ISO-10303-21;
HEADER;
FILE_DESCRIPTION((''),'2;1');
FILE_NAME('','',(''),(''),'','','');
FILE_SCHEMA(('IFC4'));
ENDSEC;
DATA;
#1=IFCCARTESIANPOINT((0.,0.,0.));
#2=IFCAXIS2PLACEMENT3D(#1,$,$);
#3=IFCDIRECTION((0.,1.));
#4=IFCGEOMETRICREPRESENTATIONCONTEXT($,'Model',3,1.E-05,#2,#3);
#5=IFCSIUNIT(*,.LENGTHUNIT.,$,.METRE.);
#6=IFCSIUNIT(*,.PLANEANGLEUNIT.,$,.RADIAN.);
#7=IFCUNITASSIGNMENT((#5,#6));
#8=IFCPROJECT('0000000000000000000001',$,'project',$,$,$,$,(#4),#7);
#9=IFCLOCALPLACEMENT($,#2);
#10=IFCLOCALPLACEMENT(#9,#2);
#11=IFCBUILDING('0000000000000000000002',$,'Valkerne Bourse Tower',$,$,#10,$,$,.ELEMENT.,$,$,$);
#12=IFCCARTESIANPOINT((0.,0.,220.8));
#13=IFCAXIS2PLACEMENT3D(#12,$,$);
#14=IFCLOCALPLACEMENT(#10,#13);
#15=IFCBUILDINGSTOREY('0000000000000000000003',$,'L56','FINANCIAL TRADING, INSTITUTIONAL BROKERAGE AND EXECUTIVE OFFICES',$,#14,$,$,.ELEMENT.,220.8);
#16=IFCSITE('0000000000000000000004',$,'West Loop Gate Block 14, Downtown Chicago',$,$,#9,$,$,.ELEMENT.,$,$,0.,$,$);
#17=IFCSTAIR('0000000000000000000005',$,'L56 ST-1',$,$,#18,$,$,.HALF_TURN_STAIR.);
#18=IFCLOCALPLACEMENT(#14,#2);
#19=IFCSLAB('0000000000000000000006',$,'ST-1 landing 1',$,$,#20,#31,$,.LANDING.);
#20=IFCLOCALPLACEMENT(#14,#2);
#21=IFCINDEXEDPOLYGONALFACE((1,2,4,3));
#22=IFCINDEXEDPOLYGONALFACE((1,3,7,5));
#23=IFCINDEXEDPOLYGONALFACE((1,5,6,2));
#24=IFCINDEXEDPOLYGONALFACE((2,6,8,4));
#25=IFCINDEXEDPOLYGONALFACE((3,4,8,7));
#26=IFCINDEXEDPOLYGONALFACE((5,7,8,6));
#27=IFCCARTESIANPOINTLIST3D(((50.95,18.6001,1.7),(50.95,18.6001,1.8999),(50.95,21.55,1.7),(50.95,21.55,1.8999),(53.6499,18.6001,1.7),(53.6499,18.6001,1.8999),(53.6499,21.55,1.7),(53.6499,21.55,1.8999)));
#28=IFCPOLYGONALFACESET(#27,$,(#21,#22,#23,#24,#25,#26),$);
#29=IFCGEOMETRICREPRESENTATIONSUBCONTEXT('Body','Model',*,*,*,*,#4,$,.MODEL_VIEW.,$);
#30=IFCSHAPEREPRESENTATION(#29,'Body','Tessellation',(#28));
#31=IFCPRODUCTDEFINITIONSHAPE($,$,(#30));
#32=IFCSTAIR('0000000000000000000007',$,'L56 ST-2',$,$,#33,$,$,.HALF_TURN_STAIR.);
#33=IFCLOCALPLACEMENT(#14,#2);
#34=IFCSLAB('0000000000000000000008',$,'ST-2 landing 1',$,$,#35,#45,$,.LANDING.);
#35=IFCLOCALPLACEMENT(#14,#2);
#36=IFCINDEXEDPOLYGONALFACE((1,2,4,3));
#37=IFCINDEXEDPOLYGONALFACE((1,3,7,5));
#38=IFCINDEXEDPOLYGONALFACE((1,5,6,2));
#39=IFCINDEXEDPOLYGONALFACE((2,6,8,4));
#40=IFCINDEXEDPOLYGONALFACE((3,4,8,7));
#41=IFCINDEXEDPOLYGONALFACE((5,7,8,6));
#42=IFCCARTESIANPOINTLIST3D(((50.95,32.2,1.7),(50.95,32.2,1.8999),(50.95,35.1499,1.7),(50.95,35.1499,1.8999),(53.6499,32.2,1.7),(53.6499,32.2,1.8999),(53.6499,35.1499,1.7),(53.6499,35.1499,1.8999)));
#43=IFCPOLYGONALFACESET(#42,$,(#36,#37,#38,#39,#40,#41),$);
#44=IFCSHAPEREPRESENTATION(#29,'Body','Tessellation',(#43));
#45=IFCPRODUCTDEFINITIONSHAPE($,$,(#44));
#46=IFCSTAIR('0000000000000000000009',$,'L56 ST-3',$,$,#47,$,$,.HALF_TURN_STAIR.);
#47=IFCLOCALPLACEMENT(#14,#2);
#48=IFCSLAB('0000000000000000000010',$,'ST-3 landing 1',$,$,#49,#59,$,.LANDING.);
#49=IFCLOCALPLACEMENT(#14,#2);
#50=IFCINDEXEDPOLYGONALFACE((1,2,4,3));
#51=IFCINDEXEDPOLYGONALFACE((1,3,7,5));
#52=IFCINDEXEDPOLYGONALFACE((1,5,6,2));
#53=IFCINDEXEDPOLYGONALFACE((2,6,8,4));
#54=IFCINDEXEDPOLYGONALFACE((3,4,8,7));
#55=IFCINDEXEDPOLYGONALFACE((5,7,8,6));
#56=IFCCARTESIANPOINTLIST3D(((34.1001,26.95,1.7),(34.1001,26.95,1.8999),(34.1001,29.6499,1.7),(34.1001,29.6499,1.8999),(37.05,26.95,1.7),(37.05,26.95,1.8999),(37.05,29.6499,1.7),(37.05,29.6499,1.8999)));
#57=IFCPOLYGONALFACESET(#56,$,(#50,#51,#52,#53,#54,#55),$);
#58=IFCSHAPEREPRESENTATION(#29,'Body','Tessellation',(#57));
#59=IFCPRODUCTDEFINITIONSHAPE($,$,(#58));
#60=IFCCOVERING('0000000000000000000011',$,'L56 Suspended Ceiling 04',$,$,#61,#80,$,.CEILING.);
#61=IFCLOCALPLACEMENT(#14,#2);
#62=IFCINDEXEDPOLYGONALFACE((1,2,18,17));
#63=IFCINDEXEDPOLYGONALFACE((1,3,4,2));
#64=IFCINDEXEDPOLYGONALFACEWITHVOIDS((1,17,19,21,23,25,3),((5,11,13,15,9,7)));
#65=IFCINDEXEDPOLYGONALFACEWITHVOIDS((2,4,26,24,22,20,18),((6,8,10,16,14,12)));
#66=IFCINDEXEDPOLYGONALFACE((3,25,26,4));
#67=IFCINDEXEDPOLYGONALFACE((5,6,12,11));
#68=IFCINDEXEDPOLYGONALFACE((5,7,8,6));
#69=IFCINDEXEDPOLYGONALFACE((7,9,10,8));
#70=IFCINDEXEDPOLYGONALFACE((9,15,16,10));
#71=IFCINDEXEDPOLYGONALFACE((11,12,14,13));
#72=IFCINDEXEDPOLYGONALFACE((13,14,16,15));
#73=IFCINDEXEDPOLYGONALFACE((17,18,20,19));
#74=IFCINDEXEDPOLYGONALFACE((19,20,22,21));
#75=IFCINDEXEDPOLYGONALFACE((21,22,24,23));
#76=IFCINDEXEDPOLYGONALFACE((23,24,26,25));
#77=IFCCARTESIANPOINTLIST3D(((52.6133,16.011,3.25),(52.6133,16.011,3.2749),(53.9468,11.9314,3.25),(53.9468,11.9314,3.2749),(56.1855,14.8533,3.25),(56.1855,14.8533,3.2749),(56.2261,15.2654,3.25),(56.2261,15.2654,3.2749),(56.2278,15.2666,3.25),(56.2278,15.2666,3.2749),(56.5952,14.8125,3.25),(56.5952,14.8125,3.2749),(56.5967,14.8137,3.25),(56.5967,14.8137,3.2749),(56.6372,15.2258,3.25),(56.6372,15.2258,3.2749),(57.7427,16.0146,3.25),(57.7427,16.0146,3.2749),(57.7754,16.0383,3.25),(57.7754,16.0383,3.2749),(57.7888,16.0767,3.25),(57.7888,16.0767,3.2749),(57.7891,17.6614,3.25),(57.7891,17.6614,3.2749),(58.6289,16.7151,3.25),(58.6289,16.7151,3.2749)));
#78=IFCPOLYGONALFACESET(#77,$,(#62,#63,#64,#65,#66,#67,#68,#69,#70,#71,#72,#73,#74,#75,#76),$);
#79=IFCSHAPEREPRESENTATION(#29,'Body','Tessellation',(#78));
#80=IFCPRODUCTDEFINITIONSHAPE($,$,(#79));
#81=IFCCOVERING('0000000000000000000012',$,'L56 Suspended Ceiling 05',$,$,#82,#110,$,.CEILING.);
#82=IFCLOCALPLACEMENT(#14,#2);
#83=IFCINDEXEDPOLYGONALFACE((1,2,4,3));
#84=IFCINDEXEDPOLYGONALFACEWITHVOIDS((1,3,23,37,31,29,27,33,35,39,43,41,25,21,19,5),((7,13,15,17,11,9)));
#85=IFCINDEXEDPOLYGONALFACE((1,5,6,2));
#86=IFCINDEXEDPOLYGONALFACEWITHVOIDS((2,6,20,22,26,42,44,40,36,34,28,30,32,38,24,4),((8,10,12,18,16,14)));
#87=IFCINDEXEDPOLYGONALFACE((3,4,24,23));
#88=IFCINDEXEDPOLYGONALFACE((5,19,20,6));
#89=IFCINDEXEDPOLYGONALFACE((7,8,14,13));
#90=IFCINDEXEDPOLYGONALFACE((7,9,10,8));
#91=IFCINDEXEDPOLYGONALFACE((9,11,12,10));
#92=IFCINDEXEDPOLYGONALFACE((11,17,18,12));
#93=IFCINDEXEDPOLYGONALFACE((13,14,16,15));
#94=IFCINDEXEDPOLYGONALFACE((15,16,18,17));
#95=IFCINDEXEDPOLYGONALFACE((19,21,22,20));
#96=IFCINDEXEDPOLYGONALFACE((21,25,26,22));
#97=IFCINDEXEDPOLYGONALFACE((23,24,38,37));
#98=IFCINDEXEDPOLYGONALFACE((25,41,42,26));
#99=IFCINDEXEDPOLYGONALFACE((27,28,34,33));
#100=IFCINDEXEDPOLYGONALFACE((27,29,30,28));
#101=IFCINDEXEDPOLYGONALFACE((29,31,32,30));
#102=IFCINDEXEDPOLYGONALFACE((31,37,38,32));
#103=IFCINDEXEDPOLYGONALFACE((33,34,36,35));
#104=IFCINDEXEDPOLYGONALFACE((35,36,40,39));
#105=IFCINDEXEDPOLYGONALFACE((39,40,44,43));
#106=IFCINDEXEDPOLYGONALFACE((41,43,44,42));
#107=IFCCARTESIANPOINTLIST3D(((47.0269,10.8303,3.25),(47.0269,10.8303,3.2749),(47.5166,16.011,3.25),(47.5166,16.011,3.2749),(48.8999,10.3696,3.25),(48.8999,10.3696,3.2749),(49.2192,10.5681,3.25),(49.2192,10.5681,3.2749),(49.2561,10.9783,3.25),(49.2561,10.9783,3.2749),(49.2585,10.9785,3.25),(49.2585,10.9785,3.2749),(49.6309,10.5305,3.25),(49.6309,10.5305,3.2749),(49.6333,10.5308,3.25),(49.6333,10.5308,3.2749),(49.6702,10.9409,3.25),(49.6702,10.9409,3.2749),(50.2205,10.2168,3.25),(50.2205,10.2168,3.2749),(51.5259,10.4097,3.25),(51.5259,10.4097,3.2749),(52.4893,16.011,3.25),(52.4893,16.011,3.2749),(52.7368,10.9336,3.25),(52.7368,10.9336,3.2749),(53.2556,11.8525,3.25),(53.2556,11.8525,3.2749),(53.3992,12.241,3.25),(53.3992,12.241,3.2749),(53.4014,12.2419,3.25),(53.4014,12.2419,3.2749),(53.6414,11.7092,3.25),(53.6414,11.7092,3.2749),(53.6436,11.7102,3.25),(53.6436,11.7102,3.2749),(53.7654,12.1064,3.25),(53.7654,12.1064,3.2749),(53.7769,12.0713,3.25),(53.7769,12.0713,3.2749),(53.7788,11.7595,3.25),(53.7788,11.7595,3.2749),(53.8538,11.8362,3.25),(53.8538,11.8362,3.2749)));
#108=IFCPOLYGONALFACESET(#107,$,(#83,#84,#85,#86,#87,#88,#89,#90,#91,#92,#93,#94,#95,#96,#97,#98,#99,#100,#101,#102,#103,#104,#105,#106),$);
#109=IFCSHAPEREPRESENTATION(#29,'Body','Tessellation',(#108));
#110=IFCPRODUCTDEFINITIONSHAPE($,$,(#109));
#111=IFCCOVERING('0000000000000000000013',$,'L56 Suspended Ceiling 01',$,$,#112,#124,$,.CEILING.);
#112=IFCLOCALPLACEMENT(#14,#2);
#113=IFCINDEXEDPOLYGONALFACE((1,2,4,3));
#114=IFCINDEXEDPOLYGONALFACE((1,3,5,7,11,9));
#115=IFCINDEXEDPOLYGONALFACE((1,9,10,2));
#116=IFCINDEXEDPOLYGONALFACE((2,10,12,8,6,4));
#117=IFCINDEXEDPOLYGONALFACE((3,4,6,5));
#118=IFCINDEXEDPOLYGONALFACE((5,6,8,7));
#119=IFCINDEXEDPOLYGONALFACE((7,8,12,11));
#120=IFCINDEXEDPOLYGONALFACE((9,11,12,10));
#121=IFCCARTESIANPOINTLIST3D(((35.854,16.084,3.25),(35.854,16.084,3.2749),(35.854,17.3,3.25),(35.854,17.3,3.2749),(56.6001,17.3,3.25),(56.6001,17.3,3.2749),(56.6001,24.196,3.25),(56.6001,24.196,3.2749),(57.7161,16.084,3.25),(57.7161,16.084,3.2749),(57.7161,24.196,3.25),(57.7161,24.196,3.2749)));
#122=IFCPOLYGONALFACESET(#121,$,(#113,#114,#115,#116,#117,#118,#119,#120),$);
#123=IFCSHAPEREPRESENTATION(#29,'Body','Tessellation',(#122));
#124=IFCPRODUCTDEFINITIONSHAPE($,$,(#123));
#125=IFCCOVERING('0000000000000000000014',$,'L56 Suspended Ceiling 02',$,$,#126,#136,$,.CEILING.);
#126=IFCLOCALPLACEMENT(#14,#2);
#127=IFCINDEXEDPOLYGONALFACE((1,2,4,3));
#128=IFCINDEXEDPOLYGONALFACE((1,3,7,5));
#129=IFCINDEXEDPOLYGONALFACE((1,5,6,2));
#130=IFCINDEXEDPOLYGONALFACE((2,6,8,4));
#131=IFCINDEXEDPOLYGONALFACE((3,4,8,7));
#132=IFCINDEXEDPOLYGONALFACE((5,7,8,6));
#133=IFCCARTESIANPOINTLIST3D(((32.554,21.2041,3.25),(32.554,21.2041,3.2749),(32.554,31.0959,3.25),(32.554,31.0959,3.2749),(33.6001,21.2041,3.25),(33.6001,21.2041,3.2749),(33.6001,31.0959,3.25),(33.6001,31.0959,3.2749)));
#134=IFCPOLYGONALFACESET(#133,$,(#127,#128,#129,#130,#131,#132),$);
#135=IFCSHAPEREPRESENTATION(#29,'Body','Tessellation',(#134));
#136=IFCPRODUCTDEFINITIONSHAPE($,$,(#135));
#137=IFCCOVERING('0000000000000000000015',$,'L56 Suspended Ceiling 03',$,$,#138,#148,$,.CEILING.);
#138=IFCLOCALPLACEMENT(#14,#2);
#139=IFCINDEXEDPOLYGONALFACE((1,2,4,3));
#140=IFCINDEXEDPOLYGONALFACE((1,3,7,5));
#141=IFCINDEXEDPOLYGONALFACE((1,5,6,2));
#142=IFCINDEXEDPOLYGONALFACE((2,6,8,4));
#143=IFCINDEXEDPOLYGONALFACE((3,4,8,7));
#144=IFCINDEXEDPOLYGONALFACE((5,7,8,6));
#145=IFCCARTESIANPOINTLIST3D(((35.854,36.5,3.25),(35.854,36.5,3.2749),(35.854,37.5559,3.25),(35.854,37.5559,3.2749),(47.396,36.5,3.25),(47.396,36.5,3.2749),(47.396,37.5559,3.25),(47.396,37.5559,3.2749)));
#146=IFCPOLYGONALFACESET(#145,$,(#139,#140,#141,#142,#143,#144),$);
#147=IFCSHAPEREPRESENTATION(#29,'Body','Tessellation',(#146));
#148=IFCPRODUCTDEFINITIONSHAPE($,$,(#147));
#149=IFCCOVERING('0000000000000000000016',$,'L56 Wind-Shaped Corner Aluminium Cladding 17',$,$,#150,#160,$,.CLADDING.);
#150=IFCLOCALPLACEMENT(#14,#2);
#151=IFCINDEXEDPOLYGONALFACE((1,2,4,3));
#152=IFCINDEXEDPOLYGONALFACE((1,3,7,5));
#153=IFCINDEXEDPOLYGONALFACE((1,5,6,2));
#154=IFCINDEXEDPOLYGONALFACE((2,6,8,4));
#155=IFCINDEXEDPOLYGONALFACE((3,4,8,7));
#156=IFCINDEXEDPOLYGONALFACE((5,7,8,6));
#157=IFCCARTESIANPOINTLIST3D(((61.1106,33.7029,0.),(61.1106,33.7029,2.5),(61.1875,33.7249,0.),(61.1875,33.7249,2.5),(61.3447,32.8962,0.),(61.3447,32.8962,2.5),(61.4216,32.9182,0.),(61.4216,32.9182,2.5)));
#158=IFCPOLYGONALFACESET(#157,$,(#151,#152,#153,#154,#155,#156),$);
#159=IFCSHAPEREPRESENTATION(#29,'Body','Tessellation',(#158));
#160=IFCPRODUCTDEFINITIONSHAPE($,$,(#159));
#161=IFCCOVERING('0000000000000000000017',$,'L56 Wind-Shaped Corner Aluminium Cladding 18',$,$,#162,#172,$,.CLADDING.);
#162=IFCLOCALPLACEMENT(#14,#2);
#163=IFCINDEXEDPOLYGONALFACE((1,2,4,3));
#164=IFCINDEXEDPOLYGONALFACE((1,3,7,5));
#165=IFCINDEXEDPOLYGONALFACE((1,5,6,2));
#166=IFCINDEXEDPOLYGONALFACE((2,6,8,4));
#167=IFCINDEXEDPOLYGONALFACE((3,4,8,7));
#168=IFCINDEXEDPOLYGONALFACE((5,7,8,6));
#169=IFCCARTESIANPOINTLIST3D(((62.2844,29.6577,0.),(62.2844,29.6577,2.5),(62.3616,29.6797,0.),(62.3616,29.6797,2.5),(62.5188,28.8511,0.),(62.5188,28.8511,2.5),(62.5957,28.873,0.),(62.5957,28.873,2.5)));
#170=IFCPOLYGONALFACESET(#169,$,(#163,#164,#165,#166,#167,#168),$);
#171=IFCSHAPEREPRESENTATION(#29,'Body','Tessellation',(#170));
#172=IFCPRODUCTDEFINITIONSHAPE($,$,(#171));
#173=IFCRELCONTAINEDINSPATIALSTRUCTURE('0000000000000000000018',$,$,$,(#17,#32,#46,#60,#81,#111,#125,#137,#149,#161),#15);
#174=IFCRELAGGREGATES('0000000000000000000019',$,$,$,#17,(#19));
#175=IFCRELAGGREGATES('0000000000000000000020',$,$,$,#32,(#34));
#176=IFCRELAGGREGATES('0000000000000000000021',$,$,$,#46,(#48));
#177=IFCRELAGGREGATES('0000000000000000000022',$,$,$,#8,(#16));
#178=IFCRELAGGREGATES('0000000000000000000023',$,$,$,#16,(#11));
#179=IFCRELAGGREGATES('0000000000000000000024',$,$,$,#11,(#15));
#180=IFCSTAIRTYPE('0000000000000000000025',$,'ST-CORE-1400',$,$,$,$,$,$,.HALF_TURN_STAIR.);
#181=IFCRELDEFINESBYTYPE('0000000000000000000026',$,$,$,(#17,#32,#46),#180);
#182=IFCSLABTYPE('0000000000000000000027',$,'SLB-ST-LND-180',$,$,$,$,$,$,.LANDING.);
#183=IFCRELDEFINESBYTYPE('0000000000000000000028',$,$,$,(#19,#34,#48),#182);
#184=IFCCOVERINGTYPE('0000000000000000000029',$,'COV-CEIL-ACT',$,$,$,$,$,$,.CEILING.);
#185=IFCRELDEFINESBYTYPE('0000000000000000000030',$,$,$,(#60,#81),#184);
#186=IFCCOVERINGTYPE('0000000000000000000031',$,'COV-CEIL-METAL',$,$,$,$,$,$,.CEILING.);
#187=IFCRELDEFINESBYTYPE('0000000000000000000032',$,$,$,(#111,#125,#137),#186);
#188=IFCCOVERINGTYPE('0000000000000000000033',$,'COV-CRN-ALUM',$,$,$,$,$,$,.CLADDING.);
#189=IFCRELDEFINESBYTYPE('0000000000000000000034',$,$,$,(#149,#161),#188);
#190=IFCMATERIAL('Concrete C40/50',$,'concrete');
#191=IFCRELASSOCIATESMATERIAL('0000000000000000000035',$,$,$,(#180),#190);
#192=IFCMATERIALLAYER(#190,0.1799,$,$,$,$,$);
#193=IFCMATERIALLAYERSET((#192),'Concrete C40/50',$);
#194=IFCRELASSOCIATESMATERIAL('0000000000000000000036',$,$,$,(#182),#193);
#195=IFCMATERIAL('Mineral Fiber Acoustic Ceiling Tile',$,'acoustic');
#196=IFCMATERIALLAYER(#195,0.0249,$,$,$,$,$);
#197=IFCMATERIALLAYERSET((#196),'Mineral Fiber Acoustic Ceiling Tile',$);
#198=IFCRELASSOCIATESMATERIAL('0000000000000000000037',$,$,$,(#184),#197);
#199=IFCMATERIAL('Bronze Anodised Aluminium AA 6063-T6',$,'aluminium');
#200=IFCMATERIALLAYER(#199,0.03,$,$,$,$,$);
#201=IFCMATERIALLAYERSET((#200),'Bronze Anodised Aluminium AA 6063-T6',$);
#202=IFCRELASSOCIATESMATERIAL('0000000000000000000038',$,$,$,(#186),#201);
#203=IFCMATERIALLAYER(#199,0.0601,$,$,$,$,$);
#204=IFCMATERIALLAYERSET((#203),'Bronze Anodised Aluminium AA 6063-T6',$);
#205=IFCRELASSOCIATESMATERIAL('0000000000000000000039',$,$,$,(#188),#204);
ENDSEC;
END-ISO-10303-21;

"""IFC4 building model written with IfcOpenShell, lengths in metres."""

from ifc_helpers import new_model, si_unit, direction, frame, origin, place, context, subcontext, project, spatial, polyline, outline, extrude, material, layer, layer_set, type_object, element, aggregate, save


model = new_model("IFC4")

# Units and contexts
model_context = context("Model", 3, precision=1e-05, world=origin(), true_north=direction((0.0, 1.0)))
body_context = subcontext(model_context, "Body", "Model", "MODEL_VIEW")
ifc_project = project(units=[si_unit("LENGTHUNIT", "METRE"), si_unit("PLANEANGLEUNIT", "RADIAN")], contexts=[model_context])

# Site, building, storey
site_placement = place(None, origin())
site = spatial("IfcSite", under=ifc_project, at=site_placement, Name="West Loop Gate Block 14, Downtown Chicago", CompositionType="ELEMENT", RefElevation=0.0)
building_placement = place(site_placement, origin())
building = spatial("IfcBuilding", under=site, at=building_placement, Name="Valkerne Bourse Tower", CompositionType="ELEMENT")
storey_placement = place(building_placement, frame((0.0, 0.0, 220.8)))
storey = spatial("IfcBuildingStorey", under=building, at=storey_placement, Name="L56", Description="FINANCIAL TRADING, INSTITUTIONAL BROKERAGE AND EXECUTIVE OFFICES", CompositionType="ELEMENT", Elevation=220.8)

# Stairs, slabs
ifc_material_1 = material(Name="Concrete C40/50", Category="concrete")
stair_type = type_object("IfcStairType", Name="ST-CORE-1400", PredefinedType="HALF_TURN_STAIR", material=ifc_material_1)
stair_1_placement = place(storey_placement, origin())
stair_1 = element("IfcStair", 1, at=stair_1_placement, inside=storey, type_object=stair_type, Name="L56 ST-1", PredefinedType="HALF_TURN_STAIR")
ifc_layer_1 = layer(ifc_material_1, 0.1799)
ifc_layer_set_1 = layer_set([ifc_layer_1], Name="Concrete C40/50")
slab_type = type_object("IfcSlabType", Name="SLB-ST-LND-180", PredefinedType="LANDING", material=ifc_layer_set_1)
slab_1_placement = place(storey_placement, frame((0.0, 0.0, 1.7)))
slab_1 = element("IfcSlab", 2, at=slab_1_placement, type_object=slab_type, Name="ST-1 landing 1", PredefinedType="LANDING", context=body_context, shape_type="SweptSolid", body=[
    extrude(outline(polyline([(50.95, 18.6001), (53.6499, 18.6001), (53.6499, 21.55), (50.95, 21.55), (50.95, 18.6001)])), origin(), (0.0, 0.0, 1.0), 0.2),
])
aggregate(stair_1, [slab_1])
stair_2_placement = place(storey_placement, origin())
stair_2 = element("IfcStair", 3, at=stair_2_placement, inside=storey, type_object=stair_type, Name="L56 ST-2", PredefinedType="HALF_TURN_STAIR")
slab_2_placement = place(storey_placement, frame((0.0, 0.0, 1.7)))
slab_2 = element("IfcSlab", 4, at=slab_2_placement, type_object=slab_type, Name="ST-2 landing 1", PredefinedType="LANDING", context=body_context, shape_type="SweptSolid", body=[
    extrude(outline(polyline([(50.95, 32.2), (53.6499, 32.2), (53.6499, 35.1499), (50.95, 35.1499), (50.95, 32.2)])), origin(), (0.0, 0.0, 1.0), 0.2),
])
aggregate(stair_2, [slab_2])
stair_3_placement = place(storey_placement, origin())
stair_3 = element("IfcStair", 5, at=stair_3_placement, inside=storey, type_object=stair_type, Name="L56 ST-3", PredefinedType="HALF_TURN_STAIR")
slab_3_placement = place(storey_placement, frame((0.0, 0.0, 1.7)))
slab_3 = element("IfcSlab", 6, at=slab_3_placement, type_object=slab_type, Name="ST-3 landing 1", PredefinedType="LANDING", context=body_context, shape_type="SweptSolid", body=[
    extrude(outline(polyline([(37.05, 26.95), (37.05, 29.6499), (34.1001, 29.6499), (34.1001, 26.95), (37.05, 26.95)])), origin(), (0.0, 0.0, 1.0), 0.2),
])
aggregate(stair_3, [slab_3])

# Coverings
ifc_material_2 = material(Name="Mineral Fiber Acoustic Ceiling Tile", Category="acoustic")
ifc_layer_2 = layer(ifc_material_2, 0.0249)
ifc_layer_set_2 = layer_set([ifc_layer_2], Name="Mineral Fiber Acoustic Ceiling Tile")
covering_type_1 = type_object("IfcCoveringType", Name="COV-CEIL-ACT", PredefinedType="CEILING", material=ifc_layer_set_2)
covering_1_placement = place(storey_placement, frame((0.0, 0.0, 3.25)))
element("IfcCovering", 7, at=covering_1_placement, inside=storey, type_object=covering_type_1, Name="L56 Suspended Ceiling 04", PredefinedType="CEILING", context=body_context, shape_type="SweptSolid", body=[
    extrude(outline(polyline([(57.7427, 16.0146), (57.7754, 16.0383), (57.7888, 16.0767), (57.7891, 17.6614), (58.6289, 16.7151), (53.9468, 11.9314), (52.6133, 16.011), (57.7427, 16.0146)]), holes=[polyline([(56.6372, 15.2258), (56.2278, 15.2666), (56.2261, 15.2654), (56.1855, 14.8533), (56.5952, 14.8125), (56.5967, 14.8137), (56.6372, 15.2258)])]), origin(), (0.0, 0.0, 1.0), 0.0249),
])
covering_2_placement = place(storey_placement, frame((0.0, 0.0, 3.25)))
element("IfcCovering", 8, at=covering_2_placement, inside=storey, type_object=covering_type_1, Name="L56 Suspended Ceiling 05", PredefinedType="CEILING", context=body_context, shape_type="SweptSolid", body=[
    extrude(outline(polyline([(51.5259, 10.4097), (50.2205, 10.2168), (48.8999, 10.3696), (47.0269, 10.8303), (47.5166, 16.011), (52.4893, 16.011), (53.7654, 12.1064), (53.4014, 12.2419), (53.3992, 12.241), (53.2556, 11.8525), (53.6414, 11.7092), (53.6436, 11.7102), (53.7769, 12.0713), (53.8538, 11.8362), (53.7788, 11.7595), (52.7368, 10.9336), (51.5259, 10.4097)]), holes=[polyline([(49.6702, 10.9409), (49.2585, 10.9785), (49.2561, 10.9783), (49.2192, 10.5681), (49.6309, 10.5305), (49.6333, 10.5308), (49.6702, 10.9409)])]), origin(), (0.0, 0.0, 1.0), 0.0249),
])
ifc_material_3 = material(Name="Bronze Anodised Aluminium AA 6063-T6", Category="aluminium")
ifc_layer_3 = layer(ifc_material_3, 0.03)
ifc_layer_set_3 = layer_set([ifc_layer_3], Name="Bronze Anodised Aluminium AA 6063-T6")
covering_type_2 = type_object("IfcCoveringType", Name="COV-CEIL-METAL", PredefinedType="CEILING", material=ifc_layer_set_3)
covering_3_placement = place(storey_placement, frame((0.0, 0.0, 3.25)))
element("IfcCovering", 9, at=covering_3_placement, inside=storey, type_object=covering_type_2, Name="L56 Suspended Ceiling 01", PredefinedType="CEILING", context=body_context, shape_type="SweptSolid", body=[
    extrude(outline(polyline([(35.854, 17.3), (56.6001, 17.3), (56.6001, 24.196), (57.7161, 24.196), (57.7161, 16.084), (35.854, 16.084), (35.854, 17.3)])), origin(), (0.0, 0.0, 1.0), 0.0249),
])
covering_4_placement = place(storey_placement, frame((0.0, 0.0, 3.25)))
element("IfcCovering", 10, at=covering_4_placement, inside=storey, type_object=covering_type_2, Name="L56 Suspended Ceiling 02", PredefinedType="CEILING", context=body_context, shape_type="SweptSolid", body=[
    extrude(outline(polyline([(32.554, 21.2041), (32.554, 31.0959), (33.6001, 31.0959), (33.6001, 21.2041), (32.554, 21.2041)])), origin(), (0.0, 0.0, 1.0), 0.0249),
])
covering_5_placement = place(storey_placement, frame((0.0, 0.0, 3.25)))
element("IfcCovering", 11, at=covering_5_placement, inside=storey, type_object=covering_type_2, Name="L56 Suspended Ceiling 03", PredefinedType="CEILING", context=body_context, shape_type="SweptSolid", body=[
    extrude(outline(polyline([(35.854, 37.5559), (47.396, 37.5559), (47.396, 36.5), (35.854, 36.5), (35.854, 37.5559)])), origin(), (0.0, 0.0, 1.0), 0.0249),
])
ifc_layer_4 = layer(ifc_material_3, 0.0601)
ifc_layer_set_4 = layer_set([ifc_layer_4], Name="Bronze Anodised Aluminium AA 6063-T6")
covering_type_3 = type_object("IfcCoveringType", Name="COV-CRN-ALUM", PredefinedType="CLADDING", material=ifc_layer_set_4)
covering_6_placement = place(storey_placement, origin())
element("IfcCovering", 12, at=covering_6_placement, inside=storey, type_object=covering_type_3, Name="L56 Wind-Shaped Corner Aluminium Cladding 17", PredefinedType="CLADDING", context=body_context, shape_type="SweptSolid", body=[
    extrude(outline(polyline([(61.4216, 32.9182), (61.3447, 32.8962), (61.1106, 33.7029), (61.1875, 33.7249), (61.4216, 32.9182)])), origin(), (0.0, 0.0, 1.0), 2.5),
])
covering_7_placement = place(storey_placement, origin())
element("IfcCovering", 13, at=covering_7_placement, inside=storey, type_object=covering_type_3, Name="L56 Wind-Shaped Corner Aluminium Cladding 18", PredefinedType="CLADDING", context=body_context, shape_type="SweptSolid", body=[
    extrude(outline(polyline([(62.5957, 28.873), (62.5188, 28.8511), (62.2844, 29.6577), (62.3616, 29.6797), (62.5957, 28.873)])), origin(), (0.0, 0.0, 1.0), 2.5),
])

save(model, "model.ifc")
